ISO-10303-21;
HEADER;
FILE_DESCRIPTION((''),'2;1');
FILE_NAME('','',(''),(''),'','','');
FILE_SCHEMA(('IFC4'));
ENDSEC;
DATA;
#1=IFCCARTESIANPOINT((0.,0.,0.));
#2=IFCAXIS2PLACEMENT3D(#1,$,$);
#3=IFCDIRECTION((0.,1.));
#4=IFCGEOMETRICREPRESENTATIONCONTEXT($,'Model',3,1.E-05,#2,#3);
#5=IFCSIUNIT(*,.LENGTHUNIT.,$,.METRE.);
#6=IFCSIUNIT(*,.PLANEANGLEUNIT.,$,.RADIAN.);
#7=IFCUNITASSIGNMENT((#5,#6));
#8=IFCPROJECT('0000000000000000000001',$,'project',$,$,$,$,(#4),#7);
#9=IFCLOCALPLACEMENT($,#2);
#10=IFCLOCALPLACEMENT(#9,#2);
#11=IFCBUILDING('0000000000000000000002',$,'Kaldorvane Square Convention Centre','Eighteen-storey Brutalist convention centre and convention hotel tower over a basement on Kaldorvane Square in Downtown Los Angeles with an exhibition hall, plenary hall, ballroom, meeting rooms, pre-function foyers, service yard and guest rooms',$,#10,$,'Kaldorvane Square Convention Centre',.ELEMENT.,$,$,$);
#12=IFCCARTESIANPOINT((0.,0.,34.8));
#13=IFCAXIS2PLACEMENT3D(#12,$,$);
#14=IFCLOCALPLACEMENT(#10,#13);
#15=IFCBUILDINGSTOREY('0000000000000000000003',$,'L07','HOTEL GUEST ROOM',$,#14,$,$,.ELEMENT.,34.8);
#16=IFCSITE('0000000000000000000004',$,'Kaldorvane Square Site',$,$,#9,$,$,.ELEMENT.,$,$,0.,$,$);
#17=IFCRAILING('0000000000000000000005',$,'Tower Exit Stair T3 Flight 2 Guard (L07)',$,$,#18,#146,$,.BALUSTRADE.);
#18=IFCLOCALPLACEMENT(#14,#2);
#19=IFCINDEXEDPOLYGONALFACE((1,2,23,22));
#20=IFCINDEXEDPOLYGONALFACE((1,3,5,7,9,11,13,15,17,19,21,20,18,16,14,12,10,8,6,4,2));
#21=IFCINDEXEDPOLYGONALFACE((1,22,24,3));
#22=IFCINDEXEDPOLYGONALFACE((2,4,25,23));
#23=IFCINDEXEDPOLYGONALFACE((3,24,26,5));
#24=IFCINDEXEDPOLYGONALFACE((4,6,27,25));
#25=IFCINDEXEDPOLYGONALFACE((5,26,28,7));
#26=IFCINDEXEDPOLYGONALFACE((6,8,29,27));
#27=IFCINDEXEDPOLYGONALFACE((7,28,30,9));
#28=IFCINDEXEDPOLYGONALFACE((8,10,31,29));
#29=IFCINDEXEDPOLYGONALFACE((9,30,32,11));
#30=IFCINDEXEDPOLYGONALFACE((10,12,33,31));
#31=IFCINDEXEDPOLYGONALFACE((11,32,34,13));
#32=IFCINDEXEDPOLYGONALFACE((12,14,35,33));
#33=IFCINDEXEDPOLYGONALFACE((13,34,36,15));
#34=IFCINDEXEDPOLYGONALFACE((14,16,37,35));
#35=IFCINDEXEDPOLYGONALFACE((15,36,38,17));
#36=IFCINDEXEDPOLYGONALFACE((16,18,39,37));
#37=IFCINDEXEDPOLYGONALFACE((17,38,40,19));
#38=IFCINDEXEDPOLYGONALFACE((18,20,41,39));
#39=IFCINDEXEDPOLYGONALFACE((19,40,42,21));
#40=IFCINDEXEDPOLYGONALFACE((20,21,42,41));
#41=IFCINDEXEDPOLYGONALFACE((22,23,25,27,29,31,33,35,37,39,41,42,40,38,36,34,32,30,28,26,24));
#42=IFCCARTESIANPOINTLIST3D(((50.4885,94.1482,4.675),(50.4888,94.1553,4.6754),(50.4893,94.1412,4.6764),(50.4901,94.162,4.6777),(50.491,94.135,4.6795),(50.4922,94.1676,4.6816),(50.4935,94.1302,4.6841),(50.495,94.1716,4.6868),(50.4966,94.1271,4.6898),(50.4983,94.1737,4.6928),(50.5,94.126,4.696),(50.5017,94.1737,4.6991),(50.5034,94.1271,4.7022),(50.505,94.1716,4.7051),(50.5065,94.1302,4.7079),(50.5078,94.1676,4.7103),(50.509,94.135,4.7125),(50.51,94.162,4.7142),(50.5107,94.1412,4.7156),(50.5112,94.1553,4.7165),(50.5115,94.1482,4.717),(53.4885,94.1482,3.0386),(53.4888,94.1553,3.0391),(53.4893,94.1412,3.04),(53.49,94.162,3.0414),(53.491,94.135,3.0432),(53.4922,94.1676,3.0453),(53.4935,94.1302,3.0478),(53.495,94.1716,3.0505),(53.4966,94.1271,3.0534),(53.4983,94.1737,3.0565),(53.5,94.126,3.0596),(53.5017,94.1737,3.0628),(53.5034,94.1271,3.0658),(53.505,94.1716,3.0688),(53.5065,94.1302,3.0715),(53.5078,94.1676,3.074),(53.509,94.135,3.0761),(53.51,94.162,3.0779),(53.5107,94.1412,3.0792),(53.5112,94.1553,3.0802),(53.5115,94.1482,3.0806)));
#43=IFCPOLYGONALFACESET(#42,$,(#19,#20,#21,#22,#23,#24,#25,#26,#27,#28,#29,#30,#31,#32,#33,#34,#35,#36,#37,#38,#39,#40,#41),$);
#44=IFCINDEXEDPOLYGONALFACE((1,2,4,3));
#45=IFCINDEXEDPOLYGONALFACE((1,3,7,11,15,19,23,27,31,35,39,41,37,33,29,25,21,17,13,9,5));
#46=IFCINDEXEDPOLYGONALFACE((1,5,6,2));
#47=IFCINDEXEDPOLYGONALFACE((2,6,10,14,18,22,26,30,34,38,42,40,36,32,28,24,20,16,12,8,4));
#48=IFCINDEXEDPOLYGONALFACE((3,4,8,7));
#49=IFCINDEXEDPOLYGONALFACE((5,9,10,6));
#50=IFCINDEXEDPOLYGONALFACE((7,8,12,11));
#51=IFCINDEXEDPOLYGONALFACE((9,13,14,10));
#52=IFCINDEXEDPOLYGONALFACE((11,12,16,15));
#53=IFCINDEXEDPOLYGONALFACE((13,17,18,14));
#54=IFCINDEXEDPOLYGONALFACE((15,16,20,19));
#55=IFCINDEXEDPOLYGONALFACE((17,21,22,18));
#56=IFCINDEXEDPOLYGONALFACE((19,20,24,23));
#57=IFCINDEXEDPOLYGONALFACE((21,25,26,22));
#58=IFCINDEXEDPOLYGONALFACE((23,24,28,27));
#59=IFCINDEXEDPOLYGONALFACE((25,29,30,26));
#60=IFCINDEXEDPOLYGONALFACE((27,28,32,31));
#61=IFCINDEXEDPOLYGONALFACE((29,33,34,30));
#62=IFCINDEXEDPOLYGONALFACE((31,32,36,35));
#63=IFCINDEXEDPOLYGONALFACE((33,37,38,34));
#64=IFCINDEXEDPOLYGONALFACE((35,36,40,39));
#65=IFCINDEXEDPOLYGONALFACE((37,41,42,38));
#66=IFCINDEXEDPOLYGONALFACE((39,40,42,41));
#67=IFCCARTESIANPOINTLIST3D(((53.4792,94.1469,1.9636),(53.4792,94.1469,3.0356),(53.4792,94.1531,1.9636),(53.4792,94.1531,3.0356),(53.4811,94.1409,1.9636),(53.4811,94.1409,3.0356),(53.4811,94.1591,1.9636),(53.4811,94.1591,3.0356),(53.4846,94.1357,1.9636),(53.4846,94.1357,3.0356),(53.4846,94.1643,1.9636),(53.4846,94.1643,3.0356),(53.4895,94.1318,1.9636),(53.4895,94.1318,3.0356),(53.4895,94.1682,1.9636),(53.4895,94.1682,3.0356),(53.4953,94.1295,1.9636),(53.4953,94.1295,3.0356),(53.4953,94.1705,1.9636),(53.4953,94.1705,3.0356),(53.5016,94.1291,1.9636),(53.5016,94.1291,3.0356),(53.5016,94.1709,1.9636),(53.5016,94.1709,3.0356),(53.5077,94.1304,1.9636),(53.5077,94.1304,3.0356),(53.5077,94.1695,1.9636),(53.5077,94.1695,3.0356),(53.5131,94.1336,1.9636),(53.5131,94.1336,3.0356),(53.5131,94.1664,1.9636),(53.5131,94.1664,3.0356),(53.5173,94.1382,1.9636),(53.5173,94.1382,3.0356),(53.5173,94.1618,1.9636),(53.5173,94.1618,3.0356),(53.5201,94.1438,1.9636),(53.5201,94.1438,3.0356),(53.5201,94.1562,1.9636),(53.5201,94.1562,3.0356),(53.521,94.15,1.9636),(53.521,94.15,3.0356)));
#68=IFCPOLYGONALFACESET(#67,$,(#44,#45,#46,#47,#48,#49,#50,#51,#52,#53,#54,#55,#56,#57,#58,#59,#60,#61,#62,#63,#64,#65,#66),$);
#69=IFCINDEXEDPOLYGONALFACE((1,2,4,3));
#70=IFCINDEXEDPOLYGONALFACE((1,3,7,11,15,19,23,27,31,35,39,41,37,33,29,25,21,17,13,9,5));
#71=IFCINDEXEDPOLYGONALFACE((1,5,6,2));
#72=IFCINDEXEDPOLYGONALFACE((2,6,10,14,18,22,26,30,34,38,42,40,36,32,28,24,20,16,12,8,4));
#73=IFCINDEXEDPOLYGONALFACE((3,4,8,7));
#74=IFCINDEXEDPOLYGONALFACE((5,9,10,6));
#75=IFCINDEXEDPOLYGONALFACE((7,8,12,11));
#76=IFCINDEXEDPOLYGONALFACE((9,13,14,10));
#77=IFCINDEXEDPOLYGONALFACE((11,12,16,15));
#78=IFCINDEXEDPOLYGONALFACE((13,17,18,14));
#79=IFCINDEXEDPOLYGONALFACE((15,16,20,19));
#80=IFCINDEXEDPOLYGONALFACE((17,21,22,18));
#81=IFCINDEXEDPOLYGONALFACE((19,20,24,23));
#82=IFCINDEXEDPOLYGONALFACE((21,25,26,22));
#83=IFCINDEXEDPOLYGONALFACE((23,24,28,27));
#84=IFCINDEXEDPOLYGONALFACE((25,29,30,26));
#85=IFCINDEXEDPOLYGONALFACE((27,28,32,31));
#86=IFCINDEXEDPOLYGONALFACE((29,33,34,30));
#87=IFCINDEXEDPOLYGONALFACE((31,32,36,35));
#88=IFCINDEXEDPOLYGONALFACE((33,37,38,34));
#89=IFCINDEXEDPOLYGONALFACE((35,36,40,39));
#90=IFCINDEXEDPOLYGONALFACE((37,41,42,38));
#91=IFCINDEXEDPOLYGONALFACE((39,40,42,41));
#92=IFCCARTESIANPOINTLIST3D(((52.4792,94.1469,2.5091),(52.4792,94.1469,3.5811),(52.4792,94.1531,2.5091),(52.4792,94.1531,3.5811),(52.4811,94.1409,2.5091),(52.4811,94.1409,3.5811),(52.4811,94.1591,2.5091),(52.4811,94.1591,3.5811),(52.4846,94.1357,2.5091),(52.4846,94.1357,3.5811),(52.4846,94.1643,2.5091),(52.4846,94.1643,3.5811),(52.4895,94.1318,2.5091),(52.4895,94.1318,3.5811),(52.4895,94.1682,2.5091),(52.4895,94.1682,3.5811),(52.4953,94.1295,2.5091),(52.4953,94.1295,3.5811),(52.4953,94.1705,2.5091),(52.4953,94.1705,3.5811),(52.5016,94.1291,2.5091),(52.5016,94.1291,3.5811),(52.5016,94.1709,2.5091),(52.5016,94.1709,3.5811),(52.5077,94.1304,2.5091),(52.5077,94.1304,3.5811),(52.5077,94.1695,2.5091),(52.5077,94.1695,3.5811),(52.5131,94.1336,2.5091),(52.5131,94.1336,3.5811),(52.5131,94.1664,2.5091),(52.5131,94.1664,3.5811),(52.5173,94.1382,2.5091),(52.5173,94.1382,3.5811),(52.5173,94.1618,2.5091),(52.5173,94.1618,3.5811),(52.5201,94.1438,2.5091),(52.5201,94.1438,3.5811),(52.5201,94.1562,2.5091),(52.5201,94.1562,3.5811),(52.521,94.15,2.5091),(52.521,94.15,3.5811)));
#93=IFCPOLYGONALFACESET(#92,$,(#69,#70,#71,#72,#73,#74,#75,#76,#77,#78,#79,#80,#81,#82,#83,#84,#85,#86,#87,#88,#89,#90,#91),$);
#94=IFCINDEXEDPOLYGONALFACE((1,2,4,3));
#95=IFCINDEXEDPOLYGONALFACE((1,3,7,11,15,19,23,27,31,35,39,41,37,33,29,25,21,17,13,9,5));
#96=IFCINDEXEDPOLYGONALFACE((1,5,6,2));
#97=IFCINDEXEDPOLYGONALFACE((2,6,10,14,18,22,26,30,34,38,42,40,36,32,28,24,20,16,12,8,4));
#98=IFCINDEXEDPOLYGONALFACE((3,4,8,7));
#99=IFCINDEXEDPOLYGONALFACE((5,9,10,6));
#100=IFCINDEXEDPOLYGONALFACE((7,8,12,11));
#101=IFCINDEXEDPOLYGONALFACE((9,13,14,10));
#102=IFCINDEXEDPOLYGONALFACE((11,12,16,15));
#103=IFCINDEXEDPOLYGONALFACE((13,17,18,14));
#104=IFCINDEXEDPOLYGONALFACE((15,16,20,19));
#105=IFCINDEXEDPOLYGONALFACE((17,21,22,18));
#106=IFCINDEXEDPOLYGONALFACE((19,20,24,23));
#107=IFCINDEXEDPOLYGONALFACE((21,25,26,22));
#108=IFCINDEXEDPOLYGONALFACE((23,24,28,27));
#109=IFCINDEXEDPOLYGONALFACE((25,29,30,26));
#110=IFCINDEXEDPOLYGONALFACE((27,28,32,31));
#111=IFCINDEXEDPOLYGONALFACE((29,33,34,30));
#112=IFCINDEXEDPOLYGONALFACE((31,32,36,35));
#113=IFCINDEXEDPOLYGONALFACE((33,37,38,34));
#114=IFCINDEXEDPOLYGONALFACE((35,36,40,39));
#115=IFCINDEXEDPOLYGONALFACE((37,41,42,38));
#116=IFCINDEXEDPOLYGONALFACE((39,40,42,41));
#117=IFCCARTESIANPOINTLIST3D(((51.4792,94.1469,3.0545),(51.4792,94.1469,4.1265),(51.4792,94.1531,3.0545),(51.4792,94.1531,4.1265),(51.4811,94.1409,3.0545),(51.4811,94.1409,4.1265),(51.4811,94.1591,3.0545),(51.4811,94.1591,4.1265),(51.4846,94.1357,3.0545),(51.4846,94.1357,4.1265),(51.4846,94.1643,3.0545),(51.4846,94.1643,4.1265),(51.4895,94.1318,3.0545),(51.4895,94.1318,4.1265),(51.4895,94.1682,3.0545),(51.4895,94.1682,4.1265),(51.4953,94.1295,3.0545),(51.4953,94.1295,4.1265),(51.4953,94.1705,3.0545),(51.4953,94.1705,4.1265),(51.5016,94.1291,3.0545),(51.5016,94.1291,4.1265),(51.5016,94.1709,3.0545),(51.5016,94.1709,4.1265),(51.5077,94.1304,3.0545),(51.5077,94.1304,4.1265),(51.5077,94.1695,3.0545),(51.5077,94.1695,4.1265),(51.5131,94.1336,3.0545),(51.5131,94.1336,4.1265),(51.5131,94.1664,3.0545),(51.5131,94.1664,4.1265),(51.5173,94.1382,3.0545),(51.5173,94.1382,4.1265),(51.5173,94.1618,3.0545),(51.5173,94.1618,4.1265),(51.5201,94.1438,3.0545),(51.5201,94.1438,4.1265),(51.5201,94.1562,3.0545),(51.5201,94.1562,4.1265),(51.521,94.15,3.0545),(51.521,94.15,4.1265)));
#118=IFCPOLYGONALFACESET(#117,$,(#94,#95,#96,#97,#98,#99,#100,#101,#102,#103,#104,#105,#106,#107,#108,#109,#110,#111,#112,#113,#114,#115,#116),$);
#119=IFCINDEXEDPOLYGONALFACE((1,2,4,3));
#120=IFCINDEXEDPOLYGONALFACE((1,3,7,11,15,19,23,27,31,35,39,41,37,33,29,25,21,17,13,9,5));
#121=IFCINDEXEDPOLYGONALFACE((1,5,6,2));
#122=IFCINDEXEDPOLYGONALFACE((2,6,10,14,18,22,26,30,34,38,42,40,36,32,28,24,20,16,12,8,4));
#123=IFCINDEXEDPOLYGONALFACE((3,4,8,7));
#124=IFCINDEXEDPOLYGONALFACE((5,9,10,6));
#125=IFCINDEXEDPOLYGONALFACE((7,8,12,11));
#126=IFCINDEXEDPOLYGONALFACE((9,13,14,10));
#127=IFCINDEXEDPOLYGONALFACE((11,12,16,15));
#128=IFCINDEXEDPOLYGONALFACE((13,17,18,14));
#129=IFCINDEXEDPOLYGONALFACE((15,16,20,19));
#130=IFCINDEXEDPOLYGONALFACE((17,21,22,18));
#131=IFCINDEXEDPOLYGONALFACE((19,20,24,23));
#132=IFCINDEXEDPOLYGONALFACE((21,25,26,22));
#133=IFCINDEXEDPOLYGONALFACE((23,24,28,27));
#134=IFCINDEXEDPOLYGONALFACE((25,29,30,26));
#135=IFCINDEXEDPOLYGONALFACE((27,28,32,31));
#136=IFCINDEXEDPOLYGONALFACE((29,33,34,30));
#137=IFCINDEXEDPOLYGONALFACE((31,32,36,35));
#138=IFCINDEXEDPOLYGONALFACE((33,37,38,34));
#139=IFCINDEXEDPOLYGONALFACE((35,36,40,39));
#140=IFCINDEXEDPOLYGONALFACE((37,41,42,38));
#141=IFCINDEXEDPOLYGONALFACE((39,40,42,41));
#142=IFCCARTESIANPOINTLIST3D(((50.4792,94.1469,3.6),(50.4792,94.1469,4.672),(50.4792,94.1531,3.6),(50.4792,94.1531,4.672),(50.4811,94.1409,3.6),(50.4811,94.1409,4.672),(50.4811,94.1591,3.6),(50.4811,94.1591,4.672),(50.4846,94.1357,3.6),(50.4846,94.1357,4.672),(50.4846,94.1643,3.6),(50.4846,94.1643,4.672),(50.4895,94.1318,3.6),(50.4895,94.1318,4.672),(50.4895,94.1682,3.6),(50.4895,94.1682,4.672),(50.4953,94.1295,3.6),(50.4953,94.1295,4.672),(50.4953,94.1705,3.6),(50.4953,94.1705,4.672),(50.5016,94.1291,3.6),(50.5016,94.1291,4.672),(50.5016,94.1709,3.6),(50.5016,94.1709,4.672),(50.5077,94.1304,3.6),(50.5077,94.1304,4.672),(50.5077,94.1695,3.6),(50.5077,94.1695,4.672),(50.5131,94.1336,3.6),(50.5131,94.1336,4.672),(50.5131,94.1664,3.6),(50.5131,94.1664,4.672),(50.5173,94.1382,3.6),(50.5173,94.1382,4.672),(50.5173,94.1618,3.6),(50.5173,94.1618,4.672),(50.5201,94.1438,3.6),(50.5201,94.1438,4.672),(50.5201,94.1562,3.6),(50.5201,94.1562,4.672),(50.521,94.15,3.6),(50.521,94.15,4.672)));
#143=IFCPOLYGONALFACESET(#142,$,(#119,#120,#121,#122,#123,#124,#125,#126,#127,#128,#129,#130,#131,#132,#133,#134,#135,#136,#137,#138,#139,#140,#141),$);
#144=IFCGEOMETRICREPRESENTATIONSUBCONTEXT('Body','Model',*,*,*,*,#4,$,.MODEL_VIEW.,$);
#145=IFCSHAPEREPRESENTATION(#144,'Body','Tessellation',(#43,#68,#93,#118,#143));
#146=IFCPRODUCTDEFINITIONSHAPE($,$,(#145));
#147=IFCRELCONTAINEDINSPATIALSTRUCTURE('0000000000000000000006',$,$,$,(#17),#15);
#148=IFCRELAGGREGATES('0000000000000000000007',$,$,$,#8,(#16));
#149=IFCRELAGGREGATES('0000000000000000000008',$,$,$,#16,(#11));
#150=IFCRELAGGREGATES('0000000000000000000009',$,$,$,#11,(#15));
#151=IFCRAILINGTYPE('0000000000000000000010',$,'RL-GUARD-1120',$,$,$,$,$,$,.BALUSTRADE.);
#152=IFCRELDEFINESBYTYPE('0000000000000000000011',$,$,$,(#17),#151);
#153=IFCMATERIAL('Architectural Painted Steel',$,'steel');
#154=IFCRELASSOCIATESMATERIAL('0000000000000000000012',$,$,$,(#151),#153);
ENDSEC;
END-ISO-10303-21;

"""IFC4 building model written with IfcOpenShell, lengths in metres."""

from ifc_helpers import new_model, si_unit, direction, frame, origin, origin_2d, place, context, subcontext, project, spatial, circle, extrude, material, type_object, element, save


model = new_model("IFC4")

# Units and contexts
model_context = context("Model", 3, precision=1e-05, world=origin(), true_north=direction((0.0, 1.0)))
body_context = subcontext(model_context, "Body", "Model", "MODEL_VIEW")
ifc_project = project(units=[si_unit("LENGTHUNIT", "METRE"), si_unit("PLANEANGLEUNIT", "RADIAN")], contexts=[model_context])

# Site, building, storey
site_placement = place(None, origin())
site = spatial("IfcSite", under=ifc_project, at=site_placement, Name="Kaldorvane Square Site", CompositionType="ELEMENT", RefElevation=0.0)
building_placement = place(site_placement, origin())
building = spatial("IfcBuilding", under=site, at=building_placement, Name="Kaldorvane Square Convention Centre", Description="Eighteen-storey Brutalist convention centre and convention hotel tower over a basement on Kaldorvane Square in Downtown Los Angeles with an exhibition hall, plenary hall, ballroom, meeting rooms, pre-function foyers, service yard and guest rooms", LongName="Kaldorvane Square Convention Centre", CompositionType="ELEMENT")
storey_placement = place(building_placement, frame((0.0, 0.0, 34.8)))
storey = spatial("IfcBuildingStorey", under=building, at=storey_placement, Name="L07", Description="HOTEL GUEST ROOM", CompositionType="ELEMENT", Elevation=34.8)

# Railing
ifc_material_1 = material(Name="Architectural Painted Steel", Category="steel")
railing_type_1 = type_object("IfcRailingType", Name="RL-GUARD-1120", PredefinedType="BALUSTRADE", material=ifc_material_1)
railing_1_placement = place(storey_placement, frame((53.5, 94.15, 1.9636)))
element("IfcRailing", 1, at=railing_1_placement, inside=storey, type_object=railing_type_1, Name="Tower Exit Stair T3 Flight 2 Guard (L07)", PredefinedType="BALUSTRADE", context=body_context, shape_type="SweptSolid", body=[
    extrude(circle(Radius=0.024, at=origin_2d()), frame((0.0, 0.0, 1.096), z_axis=(-0.877897, 0.0, 0.47885), x_axis=(0.0, -1.0, 0.0)), (0.0, 0.0, 1.0), 3.4173),
    extrude(circle(Radius=0.021, at=origin_2d()), origin(), (0.0, 0.0, 1.0), 1.072),
    extrude(circle(Radius=0.021, at=origin_2d()), frame((-1.0, 0.0, 0.5455)), (0.0, 0.0, 1.0), 1.072),
    extrude(circle(Radius=0.021, at=origin_2d()), frame((-2.0, 0.0, 1.0909)), (0.0, 0.0, 1.0), 1.072),
    extrude(circle(Radius=0.021, at=origin_2d()), frame((-3.0, 0.0, 1.6364)), (0.0, 0.0, 1.0), 1.072),
])

save(model, "model.ifc")
